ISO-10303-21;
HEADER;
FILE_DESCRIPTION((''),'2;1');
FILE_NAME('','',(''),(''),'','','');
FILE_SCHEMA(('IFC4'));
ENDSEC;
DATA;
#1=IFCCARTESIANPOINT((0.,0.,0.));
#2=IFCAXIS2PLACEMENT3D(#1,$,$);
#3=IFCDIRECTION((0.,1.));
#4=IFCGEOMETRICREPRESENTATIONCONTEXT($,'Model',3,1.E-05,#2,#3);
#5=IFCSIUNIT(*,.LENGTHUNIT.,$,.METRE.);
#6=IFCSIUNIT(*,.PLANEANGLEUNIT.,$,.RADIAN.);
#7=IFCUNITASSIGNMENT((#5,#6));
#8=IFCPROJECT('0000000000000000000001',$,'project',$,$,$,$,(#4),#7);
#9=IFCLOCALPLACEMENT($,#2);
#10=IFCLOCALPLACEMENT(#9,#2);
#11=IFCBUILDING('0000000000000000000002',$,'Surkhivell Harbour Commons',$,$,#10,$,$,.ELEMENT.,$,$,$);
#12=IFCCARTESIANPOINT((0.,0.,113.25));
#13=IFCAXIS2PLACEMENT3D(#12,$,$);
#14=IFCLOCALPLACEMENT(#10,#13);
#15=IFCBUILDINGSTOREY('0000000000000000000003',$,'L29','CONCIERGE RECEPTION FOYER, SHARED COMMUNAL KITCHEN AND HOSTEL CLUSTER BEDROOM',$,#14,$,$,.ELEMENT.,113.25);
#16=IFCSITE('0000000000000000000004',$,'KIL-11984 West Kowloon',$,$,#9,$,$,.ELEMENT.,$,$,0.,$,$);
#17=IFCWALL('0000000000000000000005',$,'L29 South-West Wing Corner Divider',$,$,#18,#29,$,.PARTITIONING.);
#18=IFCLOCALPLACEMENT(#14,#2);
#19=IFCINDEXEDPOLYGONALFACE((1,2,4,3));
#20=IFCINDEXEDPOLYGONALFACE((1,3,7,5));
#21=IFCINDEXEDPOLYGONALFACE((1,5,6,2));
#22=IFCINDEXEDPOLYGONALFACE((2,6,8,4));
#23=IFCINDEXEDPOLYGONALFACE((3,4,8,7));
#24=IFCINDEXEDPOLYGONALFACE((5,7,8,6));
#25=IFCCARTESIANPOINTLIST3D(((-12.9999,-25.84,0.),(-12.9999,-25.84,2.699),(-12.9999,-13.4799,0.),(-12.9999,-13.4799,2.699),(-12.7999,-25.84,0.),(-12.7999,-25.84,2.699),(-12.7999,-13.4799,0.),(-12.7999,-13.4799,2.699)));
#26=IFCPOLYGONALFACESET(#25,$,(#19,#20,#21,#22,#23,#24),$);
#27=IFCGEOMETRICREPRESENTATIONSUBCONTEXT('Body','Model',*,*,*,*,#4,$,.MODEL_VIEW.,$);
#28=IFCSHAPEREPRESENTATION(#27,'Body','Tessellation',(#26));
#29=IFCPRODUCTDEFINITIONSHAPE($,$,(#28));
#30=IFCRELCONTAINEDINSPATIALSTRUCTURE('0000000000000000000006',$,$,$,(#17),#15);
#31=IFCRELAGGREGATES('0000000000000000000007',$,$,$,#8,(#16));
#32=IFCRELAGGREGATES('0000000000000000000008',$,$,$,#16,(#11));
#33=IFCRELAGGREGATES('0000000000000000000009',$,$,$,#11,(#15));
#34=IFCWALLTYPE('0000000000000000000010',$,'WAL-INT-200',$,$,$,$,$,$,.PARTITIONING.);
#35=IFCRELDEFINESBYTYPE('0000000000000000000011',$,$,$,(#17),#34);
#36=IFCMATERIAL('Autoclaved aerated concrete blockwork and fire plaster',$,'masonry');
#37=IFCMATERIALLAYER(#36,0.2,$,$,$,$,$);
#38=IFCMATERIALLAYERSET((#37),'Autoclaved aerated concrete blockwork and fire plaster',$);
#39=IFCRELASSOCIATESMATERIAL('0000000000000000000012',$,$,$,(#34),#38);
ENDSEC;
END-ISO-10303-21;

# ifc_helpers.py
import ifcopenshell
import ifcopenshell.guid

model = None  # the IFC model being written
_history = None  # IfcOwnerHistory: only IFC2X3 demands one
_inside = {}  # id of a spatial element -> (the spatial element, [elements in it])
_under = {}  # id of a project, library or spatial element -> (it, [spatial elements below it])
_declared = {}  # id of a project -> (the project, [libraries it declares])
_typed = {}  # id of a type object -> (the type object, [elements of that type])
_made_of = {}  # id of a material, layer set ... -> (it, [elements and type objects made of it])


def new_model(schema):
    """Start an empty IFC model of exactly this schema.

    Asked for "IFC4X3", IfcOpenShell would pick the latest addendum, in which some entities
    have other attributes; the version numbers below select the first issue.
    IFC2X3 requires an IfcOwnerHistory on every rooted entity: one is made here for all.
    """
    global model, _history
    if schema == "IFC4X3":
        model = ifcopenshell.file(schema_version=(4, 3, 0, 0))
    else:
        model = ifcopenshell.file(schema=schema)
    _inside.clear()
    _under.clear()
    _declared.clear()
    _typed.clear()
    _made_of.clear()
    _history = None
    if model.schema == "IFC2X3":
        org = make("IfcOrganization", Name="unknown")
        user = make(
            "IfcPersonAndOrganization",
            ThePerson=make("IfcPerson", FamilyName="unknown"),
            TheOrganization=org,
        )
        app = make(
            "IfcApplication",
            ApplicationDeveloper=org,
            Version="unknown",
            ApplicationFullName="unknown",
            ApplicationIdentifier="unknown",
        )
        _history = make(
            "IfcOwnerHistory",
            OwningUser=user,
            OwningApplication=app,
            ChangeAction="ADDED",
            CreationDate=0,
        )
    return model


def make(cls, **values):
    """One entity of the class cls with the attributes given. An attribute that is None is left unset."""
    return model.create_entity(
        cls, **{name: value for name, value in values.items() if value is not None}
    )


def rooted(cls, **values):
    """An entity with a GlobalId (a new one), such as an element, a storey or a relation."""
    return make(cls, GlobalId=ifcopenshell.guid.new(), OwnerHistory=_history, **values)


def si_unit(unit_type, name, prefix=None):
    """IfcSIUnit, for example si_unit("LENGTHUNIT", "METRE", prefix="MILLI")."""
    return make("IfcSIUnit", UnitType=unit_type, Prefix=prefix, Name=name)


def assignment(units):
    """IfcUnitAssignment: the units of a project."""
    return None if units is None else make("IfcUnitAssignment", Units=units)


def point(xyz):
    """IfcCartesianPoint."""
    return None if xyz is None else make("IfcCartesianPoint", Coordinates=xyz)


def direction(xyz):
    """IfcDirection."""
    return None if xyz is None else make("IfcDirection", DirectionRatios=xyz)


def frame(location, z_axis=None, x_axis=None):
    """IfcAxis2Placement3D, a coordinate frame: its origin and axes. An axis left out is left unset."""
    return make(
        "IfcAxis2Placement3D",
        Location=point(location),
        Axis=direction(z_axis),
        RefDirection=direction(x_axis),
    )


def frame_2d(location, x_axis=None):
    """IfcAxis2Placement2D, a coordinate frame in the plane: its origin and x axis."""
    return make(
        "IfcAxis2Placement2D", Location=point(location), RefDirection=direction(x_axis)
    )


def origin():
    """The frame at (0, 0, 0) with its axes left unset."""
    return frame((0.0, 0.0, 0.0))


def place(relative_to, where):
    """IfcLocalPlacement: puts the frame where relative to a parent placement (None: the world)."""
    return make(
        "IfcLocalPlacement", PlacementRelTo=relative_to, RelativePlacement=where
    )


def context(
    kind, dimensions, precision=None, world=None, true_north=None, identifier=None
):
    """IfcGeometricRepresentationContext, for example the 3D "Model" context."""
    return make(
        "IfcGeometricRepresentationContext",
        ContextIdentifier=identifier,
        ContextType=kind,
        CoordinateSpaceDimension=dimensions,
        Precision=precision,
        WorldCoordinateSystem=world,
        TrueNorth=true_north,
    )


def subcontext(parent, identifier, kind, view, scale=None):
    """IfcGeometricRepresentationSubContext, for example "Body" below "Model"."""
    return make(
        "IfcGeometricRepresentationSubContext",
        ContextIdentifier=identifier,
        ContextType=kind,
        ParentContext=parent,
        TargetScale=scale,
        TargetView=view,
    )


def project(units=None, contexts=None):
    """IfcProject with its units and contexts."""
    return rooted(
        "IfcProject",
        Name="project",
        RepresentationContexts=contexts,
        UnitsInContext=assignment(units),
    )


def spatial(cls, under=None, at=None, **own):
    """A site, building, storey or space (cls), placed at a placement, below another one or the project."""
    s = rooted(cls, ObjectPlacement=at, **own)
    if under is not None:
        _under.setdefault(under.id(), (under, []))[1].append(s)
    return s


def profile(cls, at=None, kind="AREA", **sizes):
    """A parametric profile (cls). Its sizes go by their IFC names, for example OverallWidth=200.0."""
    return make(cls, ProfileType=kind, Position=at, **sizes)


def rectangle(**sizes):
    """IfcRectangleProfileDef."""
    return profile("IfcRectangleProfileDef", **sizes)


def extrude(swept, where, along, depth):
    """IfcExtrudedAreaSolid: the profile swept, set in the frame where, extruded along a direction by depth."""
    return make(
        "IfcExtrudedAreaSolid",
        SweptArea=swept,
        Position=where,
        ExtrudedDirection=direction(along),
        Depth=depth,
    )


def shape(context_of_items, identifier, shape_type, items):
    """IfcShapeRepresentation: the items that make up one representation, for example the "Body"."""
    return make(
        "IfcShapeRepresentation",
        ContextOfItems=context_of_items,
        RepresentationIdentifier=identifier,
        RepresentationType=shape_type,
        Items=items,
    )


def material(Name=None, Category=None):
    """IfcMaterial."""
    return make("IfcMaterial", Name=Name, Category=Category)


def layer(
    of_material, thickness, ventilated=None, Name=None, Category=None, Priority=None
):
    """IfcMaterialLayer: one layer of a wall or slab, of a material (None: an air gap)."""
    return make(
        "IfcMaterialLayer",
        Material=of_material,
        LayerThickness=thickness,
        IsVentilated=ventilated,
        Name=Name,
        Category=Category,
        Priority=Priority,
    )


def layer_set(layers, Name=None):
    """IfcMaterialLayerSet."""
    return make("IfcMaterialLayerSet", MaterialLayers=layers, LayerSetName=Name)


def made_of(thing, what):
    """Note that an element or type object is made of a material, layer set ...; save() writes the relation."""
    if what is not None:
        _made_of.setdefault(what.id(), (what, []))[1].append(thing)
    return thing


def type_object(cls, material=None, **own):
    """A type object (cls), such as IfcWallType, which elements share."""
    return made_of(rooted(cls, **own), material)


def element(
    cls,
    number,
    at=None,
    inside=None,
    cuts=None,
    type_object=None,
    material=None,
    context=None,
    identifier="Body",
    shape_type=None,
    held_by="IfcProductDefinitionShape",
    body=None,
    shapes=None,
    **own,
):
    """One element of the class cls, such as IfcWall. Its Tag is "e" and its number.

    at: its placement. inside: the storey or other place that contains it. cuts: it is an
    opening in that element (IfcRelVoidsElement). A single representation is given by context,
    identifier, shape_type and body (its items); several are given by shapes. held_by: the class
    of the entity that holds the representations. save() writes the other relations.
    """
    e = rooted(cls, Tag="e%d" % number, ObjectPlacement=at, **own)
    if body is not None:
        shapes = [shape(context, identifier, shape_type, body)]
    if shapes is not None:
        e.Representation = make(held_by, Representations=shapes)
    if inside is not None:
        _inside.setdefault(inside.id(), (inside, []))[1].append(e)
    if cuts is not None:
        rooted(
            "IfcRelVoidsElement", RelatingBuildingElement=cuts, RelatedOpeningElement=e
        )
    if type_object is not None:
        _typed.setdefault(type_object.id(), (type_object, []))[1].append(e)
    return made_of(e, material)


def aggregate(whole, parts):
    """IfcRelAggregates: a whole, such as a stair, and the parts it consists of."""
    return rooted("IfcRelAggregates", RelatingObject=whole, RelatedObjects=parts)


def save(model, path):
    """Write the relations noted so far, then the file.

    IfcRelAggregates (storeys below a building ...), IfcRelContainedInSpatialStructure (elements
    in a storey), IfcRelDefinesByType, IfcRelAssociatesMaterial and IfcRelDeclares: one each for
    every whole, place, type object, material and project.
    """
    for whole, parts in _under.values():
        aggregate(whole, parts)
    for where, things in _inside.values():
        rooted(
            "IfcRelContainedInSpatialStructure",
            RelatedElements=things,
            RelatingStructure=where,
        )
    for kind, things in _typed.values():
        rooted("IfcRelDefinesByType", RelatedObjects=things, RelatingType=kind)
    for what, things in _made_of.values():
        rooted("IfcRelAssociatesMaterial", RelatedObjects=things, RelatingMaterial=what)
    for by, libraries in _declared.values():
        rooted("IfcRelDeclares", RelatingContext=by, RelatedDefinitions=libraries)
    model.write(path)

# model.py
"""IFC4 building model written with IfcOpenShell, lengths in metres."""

from ifc_helpers import new_model, si_unit, direction, frame, frame_2d, origin, place, context, subcontext, project, spatial, rectangle, extrude, material, layer, layer_set, type_object, element, save


model = new_model("IFC4")

# Units and contexts
model_context = context("Model", 3, precision=1e-05, world=origin(), true_north=direction((0.0, 1.0)))
body_context = subcontext(model_context, "Body", "Model", "MODEL_VIEW")
ifc_project = project(units=[si_unit("LENGTHUNIT", "METRE"), si_unit("PLANEANGLEUNIT", "RADIAN")], contexts=[model_context])

# Site, building, storey
site_placement = place(None, origin())
site = spatial("IfcSite", under=ifc_project, at=site_placement, Name="KIL-11984 West Kowloon", CompositionType="ELEMENT", RefElevation=0.0)
building_placement = place(site_placement, origin())
building = spatial("IfcBuilding", under=site, at=building_placement, Name="Surkhivell Harbour Commons", CompositionType="ELEMENT")
storey_placement = place(building_placement, frame((0.0, 0.0, 113.25)))
storey = spatial("IfcBuildingStorey", under=building, at=storey_placement, Name="L29", Description="CONCIERGE RECEPTION FOYER, SHARED COMMUNAL KITCHEN AND HOSTEL CLUSTER BEDROOM", CompositionType="ELEMENT", Elevation=113.25)

# Wall
ifc_material_1 = material(Name="Autoclaved aerated concrete blockwork and fire plaster", Category="masonry")
ifc_layer_1 = layer(ifc_material_1, 0.2)
ifc_layer_set_1 = layer_set([ifc_layer_1], Name="Autoclaved aerated concrete blockwork and fire plaster")
wall_type_1 = type_object("IfcWallType", Name="WAL-INT-200", PredefinedType="PARTITIONING", material=ifc_layer_set_1)
wall_1_placement = place(storey_placement, frame((-12.8999, -25.8401, 0.0), z_axis=(0.0, 0.0, 1.0), x_axis=(0.0, 1.0, 0.0)))
element("IfcWall", 1, at=wall_1_placement, inside=storey, type_object=wall_type_1, Name="L29 South-West Wing Corner Divider", PredefinedType="PARTITIONING", context=body_context, shape_type="SweptSolid", body=[
    extrude(rectangle(XDim=12.3601, YDim=0.2, at=frame_2d((6.1802, 0.0))), origin(), (0.0, 0.0, 1.0), 2.699),
])

save(model, "model.ifc")
